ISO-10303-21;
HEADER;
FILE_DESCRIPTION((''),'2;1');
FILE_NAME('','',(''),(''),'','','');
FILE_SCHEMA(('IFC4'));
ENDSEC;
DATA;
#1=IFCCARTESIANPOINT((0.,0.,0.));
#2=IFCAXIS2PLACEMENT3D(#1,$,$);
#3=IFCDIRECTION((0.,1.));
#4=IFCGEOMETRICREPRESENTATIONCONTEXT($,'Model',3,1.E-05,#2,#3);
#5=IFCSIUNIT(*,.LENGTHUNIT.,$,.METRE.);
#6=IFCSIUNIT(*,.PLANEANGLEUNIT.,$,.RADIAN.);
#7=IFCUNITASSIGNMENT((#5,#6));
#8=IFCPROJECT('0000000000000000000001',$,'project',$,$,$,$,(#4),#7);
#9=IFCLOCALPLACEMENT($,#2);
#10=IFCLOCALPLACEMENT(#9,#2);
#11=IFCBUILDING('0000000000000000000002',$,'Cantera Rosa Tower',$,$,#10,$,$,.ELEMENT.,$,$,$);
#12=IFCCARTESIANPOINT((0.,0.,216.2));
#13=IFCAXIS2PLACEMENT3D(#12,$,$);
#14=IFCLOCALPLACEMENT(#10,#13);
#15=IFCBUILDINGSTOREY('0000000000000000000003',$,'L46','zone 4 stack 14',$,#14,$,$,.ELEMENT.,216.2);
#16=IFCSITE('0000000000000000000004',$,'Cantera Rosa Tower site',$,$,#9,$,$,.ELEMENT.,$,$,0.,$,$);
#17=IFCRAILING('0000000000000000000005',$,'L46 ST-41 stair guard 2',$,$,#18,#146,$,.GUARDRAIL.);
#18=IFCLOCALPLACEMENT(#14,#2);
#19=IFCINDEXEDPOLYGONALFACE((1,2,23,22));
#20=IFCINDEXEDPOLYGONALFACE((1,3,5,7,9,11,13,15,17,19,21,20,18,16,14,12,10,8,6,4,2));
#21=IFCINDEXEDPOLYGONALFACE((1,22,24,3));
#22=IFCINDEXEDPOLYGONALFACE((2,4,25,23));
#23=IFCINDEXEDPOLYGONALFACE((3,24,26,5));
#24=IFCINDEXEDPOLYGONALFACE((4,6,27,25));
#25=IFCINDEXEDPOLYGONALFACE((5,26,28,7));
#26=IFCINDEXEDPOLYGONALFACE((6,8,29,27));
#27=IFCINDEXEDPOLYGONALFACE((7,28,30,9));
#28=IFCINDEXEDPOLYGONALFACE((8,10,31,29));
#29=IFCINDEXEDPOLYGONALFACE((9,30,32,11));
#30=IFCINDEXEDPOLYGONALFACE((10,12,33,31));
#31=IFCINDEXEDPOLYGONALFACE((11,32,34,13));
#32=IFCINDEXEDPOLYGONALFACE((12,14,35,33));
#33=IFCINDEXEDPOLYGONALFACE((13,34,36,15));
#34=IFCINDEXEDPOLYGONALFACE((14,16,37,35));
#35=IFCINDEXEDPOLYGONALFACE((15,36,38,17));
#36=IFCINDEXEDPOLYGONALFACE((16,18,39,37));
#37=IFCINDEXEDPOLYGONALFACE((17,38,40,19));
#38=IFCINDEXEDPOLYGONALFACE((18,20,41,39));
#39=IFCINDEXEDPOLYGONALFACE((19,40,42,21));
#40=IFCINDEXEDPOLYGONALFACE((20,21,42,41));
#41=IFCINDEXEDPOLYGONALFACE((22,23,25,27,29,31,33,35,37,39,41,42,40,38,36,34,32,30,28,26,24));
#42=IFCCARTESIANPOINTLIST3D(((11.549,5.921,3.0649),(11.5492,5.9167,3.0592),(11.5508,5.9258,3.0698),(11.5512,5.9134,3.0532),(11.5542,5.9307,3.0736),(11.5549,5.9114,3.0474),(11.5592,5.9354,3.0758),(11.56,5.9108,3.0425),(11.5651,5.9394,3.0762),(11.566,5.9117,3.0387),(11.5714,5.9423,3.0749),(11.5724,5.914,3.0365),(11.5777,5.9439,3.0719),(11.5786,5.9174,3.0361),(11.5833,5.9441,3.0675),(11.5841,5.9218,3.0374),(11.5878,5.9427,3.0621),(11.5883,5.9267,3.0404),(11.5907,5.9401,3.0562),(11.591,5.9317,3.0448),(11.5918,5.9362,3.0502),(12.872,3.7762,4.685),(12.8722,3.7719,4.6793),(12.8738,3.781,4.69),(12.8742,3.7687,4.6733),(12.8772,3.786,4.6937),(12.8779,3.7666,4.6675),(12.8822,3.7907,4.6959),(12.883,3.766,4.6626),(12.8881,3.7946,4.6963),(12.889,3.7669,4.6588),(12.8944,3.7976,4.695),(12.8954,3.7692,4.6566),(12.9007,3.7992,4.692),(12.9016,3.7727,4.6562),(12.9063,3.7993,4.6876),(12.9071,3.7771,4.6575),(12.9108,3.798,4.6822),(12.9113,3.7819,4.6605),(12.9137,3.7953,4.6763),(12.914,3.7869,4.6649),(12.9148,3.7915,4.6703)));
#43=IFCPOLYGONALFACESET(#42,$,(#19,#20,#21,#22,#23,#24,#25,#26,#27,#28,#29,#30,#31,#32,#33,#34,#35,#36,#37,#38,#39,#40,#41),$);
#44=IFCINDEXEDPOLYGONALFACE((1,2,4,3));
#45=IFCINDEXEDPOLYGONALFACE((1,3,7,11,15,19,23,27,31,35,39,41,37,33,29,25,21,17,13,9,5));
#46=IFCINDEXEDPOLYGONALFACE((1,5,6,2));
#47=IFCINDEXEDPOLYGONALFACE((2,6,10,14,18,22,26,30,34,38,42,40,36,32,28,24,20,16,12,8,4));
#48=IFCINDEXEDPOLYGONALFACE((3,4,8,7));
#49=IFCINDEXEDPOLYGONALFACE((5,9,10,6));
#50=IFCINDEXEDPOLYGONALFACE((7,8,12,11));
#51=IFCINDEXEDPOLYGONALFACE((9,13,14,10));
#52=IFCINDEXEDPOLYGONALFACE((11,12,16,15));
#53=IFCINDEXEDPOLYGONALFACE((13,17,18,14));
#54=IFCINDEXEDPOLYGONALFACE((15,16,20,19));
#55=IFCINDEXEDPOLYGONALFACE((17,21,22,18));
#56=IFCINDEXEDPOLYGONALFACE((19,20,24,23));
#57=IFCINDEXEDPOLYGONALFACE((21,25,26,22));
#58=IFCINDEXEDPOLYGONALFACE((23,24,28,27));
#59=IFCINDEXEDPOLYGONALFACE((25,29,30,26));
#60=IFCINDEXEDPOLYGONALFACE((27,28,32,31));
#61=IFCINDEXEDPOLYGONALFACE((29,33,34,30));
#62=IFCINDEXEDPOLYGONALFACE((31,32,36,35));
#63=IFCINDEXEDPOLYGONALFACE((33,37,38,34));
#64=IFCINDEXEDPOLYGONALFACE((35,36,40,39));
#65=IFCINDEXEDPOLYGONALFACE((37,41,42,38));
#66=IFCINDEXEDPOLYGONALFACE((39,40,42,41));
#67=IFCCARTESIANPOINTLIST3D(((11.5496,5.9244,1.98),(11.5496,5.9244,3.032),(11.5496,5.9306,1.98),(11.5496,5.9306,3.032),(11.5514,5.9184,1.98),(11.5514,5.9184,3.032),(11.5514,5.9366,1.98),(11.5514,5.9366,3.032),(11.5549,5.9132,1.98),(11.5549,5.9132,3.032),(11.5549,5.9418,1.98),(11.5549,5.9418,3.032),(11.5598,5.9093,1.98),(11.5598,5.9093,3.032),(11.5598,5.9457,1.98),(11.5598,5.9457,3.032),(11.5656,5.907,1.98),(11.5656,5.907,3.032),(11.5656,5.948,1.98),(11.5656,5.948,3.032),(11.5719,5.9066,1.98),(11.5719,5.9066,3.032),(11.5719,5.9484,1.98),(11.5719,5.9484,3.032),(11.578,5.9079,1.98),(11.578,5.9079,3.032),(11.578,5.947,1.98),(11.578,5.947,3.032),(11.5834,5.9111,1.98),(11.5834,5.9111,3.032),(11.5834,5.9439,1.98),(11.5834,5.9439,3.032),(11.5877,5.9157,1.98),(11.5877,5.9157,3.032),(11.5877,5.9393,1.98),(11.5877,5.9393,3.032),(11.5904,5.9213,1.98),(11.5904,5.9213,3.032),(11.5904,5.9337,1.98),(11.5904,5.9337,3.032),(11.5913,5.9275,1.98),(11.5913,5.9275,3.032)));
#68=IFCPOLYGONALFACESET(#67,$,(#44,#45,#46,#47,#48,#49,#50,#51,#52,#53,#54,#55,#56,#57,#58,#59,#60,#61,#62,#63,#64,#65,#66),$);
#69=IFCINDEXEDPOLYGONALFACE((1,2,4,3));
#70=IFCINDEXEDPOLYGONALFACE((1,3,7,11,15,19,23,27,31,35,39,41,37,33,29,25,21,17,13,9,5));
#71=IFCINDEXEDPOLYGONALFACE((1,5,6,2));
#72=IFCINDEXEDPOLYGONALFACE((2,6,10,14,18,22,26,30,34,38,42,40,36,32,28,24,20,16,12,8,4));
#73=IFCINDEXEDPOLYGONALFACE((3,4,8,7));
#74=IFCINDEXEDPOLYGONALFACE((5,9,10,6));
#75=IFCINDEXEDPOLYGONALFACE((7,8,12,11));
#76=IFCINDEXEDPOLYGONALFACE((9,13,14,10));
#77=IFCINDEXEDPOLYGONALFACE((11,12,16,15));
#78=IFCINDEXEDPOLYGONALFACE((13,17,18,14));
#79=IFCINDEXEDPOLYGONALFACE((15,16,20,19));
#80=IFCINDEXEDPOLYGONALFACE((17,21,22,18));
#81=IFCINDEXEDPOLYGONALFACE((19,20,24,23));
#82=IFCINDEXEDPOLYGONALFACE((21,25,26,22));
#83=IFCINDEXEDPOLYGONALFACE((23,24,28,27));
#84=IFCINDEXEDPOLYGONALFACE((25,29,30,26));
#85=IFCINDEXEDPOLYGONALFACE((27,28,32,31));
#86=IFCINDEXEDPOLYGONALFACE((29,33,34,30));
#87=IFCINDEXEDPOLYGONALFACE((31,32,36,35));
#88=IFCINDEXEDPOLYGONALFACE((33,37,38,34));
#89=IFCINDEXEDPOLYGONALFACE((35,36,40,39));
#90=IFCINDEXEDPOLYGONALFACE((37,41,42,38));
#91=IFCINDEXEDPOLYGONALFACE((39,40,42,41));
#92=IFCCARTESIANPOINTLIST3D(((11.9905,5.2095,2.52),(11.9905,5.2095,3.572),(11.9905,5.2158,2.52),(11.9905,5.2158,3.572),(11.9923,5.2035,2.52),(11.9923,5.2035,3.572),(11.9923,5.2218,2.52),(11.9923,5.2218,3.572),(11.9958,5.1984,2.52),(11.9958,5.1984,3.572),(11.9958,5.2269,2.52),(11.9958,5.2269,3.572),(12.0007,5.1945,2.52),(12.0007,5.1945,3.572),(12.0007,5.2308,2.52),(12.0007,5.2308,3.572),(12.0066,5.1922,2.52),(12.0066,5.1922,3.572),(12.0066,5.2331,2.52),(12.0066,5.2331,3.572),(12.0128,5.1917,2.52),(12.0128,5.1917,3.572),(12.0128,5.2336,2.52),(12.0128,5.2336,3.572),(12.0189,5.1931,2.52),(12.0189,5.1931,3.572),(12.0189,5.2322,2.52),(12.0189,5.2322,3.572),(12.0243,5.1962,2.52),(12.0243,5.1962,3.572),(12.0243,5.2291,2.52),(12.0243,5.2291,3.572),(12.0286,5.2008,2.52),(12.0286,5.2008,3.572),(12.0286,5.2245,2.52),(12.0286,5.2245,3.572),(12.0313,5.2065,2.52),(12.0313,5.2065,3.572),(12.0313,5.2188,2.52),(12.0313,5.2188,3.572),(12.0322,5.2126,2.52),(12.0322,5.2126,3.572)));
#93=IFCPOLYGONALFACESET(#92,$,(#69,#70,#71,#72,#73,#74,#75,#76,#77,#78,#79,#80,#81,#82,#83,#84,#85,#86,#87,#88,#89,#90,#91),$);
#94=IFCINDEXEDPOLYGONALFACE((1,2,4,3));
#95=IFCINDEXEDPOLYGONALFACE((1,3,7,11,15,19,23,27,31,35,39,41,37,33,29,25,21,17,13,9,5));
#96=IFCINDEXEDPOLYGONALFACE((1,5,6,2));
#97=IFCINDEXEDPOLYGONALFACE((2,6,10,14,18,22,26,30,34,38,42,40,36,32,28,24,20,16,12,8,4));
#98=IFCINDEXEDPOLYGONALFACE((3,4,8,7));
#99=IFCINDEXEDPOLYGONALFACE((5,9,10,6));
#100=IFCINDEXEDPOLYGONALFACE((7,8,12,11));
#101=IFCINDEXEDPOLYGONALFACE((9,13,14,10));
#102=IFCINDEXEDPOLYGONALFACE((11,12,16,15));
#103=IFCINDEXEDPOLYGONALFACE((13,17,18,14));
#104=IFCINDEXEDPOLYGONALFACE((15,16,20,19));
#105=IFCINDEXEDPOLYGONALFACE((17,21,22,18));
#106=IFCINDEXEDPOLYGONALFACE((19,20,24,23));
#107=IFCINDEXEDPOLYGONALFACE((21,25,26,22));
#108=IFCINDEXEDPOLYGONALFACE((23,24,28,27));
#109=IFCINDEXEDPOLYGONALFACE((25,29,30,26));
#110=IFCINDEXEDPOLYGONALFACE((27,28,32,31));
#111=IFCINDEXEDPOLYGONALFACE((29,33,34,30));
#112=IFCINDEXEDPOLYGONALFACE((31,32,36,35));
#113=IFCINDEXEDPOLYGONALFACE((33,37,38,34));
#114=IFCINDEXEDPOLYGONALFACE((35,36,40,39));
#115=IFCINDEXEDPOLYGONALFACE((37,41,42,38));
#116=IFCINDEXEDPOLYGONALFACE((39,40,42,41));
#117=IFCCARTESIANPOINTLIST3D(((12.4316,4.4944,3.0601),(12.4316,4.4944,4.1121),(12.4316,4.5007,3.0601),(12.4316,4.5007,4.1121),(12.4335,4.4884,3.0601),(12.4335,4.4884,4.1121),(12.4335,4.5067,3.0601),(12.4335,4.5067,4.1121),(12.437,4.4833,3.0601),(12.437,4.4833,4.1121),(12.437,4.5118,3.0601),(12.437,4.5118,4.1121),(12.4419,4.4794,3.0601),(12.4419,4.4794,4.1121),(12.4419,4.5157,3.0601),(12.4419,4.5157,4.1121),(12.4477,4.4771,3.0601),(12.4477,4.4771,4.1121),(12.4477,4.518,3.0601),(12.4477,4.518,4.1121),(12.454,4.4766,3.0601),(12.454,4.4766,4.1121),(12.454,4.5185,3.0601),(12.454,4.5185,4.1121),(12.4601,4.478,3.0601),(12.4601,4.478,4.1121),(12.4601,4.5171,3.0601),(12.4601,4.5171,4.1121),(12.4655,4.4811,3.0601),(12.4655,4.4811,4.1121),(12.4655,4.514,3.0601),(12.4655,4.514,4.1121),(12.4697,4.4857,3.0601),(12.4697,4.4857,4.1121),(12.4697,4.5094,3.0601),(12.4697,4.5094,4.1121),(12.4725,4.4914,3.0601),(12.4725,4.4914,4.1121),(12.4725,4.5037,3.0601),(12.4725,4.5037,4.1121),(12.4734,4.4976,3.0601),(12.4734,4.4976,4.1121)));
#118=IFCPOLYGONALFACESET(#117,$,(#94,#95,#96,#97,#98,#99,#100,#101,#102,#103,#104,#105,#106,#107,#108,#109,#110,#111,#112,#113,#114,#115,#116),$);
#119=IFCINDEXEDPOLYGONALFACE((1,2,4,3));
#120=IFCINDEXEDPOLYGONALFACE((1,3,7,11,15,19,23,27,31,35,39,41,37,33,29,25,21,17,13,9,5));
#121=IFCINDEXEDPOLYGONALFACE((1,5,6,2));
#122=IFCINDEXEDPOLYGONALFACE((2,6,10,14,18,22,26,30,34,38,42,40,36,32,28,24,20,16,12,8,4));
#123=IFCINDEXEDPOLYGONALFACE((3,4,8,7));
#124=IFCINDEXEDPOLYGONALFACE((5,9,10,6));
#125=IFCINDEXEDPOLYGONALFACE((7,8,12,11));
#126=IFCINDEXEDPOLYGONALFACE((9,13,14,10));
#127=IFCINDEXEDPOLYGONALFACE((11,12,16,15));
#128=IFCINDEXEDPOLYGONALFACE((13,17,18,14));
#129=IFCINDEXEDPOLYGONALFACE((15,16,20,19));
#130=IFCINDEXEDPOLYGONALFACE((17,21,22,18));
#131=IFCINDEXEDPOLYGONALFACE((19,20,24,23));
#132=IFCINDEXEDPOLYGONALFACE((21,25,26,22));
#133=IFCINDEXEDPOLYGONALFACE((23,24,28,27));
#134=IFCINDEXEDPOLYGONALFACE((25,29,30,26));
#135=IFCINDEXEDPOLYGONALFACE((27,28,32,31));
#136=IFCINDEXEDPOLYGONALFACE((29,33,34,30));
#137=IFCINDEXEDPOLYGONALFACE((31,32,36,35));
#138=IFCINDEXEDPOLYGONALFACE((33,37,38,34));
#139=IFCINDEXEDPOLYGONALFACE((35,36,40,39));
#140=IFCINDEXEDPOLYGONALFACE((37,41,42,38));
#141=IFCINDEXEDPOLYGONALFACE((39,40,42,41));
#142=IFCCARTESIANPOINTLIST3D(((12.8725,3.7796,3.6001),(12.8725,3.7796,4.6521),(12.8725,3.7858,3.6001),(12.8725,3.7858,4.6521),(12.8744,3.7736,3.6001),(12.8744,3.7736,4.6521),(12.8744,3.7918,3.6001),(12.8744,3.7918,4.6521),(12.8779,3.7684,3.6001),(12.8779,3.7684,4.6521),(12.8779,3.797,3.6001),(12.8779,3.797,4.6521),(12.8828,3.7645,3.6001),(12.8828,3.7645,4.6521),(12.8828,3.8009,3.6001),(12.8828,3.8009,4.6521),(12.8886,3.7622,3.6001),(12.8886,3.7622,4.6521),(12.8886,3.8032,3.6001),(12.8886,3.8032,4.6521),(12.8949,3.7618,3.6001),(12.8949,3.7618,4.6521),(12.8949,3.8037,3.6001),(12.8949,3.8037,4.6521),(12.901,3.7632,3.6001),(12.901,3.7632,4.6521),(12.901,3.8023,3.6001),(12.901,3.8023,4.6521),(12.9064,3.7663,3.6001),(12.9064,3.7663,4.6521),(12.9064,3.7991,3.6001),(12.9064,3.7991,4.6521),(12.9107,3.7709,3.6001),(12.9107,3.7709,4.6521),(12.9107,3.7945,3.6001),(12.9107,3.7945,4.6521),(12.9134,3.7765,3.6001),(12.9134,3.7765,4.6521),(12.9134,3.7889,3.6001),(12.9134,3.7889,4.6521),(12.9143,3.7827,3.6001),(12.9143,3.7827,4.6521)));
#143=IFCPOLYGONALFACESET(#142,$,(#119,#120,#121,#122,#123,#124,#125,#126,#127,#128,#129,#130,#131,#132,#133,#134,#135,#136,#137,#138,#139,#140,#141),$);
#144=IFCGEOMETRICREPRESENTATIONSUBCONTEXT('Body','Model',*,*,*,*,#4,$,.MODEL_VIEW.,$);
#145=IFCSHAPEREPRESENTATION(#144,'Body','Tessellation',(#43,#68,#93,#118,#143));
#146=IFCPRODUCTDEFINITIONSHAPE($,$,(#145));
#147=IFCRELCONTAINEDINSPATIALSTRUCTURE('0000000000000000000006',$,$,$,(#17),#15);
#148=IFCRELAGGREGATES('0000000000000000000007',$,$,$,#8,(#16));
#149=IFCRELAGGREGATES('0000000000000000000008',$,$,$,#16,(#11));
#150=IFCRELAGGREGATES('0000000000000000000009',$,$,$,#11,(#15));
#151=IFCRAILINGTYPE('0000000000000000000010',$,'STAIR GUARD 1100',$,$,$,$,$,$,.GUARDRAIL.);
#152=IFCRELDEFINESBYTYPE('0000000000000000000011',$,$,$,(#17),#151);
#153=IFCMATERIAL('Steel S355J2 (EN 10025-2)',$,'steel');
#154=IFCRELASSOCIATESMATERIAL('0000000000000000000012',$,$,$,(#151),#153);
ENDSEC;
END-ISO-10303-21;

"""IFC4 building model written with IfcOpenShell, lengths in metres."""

from ifc_helpers import new_model, si_unit, direction, frame, origin, origin_2d, place, context, subcontext, project, spatial, circle, extrude, material, type_object, element, save


model = new_model("IFC4")

# Units and contexts
model_context = context("Model", 3, precision=1e-05, world=origin(), true_north=direction((0.0, 1.0)))
body_context = subcontext(model_context, "Body", "Model", "MODEL_VIEW")
ifc_project = project(units=[si_unit("LENGTHUNIT", "METRE"), si_unit("PLANEANGLEUNIT", "RADIAN")], contexts=[model_context])

# Site, building, storey
site_placement = place(None, origin())
site = spatial("IfcSite", under=ifc_project, at=site_placement, Name="Cantera Rosa Tower site", CompositionType="ELEMENT", RefElevation=0.0)
building_placement = place(site_placement, origin())
building = spatial("IfcBuilding", under=site, at=building_placement, Name="Cantera Rosa Tower", CompositionType="ELEMENT")
storey_placement = place(building_placement, frame((0.0, 0.0, 216.2)))
storey = spatial("IfcBuildingStorey", under=building, at=storey_placement, Name="L46", Description="zone 4 stack 14", CompositionType="ELEMENT", Elevation=216.2)

# Railing
ifc_material_1 = material(Name="Steel S355J2 (EN 10025-2)", Category="steel")
railing_type_1 = type_object("IfcRailingType", Name="STAIR GUARD 1100", PredefinedType="GUARDRAIL", material=ifc_material_1)
railing_1_placement = place(storey_placement, frame((11.5703, 5.9275, 1.98)))
element("IfcRailing", 1, at=railing_1_placement, inside=storey, type_object=railing_type_1, Name="L46 ST-41 stair guard 2", PredefinedType="GUARDRAIL", context=body_context, shape_type="SweptSolid", body=[
    extrude(circle(Radius=0.0239, at=origin_2d()), frame((0.0, 0.0, 1.0762), z_axis=(0.441609, -0.715914, 0.540786), x_axis=(0.851102, 0.525, 0.0)), (0.0, 0.0, 1.0), 2.9958),
    extrude(circle(Radius=0.021, at=origin_2d()), origin(), (0.0, 0.0, 1.0), 1.052),
    extrude(circle(Radius=0.021, at=origin_2d()), frame((0.4409, -0.7148, 0.54)), (0.0, 0.0, 1.0), 1.052),
    extrude(circle(Radius=0.021, at=origin_2d()), frame((0.8821, -1.4299, 1.0801)), (0.0, 0.0, 1.0), 1.052),
    extrude(circle(Radius=0.021, at=origin_2d()), frame((1.323, -2.1448, 1.6201)), (0.0, 0.0, 1.0), 1.052),
])

save(model, "model.ifc")
